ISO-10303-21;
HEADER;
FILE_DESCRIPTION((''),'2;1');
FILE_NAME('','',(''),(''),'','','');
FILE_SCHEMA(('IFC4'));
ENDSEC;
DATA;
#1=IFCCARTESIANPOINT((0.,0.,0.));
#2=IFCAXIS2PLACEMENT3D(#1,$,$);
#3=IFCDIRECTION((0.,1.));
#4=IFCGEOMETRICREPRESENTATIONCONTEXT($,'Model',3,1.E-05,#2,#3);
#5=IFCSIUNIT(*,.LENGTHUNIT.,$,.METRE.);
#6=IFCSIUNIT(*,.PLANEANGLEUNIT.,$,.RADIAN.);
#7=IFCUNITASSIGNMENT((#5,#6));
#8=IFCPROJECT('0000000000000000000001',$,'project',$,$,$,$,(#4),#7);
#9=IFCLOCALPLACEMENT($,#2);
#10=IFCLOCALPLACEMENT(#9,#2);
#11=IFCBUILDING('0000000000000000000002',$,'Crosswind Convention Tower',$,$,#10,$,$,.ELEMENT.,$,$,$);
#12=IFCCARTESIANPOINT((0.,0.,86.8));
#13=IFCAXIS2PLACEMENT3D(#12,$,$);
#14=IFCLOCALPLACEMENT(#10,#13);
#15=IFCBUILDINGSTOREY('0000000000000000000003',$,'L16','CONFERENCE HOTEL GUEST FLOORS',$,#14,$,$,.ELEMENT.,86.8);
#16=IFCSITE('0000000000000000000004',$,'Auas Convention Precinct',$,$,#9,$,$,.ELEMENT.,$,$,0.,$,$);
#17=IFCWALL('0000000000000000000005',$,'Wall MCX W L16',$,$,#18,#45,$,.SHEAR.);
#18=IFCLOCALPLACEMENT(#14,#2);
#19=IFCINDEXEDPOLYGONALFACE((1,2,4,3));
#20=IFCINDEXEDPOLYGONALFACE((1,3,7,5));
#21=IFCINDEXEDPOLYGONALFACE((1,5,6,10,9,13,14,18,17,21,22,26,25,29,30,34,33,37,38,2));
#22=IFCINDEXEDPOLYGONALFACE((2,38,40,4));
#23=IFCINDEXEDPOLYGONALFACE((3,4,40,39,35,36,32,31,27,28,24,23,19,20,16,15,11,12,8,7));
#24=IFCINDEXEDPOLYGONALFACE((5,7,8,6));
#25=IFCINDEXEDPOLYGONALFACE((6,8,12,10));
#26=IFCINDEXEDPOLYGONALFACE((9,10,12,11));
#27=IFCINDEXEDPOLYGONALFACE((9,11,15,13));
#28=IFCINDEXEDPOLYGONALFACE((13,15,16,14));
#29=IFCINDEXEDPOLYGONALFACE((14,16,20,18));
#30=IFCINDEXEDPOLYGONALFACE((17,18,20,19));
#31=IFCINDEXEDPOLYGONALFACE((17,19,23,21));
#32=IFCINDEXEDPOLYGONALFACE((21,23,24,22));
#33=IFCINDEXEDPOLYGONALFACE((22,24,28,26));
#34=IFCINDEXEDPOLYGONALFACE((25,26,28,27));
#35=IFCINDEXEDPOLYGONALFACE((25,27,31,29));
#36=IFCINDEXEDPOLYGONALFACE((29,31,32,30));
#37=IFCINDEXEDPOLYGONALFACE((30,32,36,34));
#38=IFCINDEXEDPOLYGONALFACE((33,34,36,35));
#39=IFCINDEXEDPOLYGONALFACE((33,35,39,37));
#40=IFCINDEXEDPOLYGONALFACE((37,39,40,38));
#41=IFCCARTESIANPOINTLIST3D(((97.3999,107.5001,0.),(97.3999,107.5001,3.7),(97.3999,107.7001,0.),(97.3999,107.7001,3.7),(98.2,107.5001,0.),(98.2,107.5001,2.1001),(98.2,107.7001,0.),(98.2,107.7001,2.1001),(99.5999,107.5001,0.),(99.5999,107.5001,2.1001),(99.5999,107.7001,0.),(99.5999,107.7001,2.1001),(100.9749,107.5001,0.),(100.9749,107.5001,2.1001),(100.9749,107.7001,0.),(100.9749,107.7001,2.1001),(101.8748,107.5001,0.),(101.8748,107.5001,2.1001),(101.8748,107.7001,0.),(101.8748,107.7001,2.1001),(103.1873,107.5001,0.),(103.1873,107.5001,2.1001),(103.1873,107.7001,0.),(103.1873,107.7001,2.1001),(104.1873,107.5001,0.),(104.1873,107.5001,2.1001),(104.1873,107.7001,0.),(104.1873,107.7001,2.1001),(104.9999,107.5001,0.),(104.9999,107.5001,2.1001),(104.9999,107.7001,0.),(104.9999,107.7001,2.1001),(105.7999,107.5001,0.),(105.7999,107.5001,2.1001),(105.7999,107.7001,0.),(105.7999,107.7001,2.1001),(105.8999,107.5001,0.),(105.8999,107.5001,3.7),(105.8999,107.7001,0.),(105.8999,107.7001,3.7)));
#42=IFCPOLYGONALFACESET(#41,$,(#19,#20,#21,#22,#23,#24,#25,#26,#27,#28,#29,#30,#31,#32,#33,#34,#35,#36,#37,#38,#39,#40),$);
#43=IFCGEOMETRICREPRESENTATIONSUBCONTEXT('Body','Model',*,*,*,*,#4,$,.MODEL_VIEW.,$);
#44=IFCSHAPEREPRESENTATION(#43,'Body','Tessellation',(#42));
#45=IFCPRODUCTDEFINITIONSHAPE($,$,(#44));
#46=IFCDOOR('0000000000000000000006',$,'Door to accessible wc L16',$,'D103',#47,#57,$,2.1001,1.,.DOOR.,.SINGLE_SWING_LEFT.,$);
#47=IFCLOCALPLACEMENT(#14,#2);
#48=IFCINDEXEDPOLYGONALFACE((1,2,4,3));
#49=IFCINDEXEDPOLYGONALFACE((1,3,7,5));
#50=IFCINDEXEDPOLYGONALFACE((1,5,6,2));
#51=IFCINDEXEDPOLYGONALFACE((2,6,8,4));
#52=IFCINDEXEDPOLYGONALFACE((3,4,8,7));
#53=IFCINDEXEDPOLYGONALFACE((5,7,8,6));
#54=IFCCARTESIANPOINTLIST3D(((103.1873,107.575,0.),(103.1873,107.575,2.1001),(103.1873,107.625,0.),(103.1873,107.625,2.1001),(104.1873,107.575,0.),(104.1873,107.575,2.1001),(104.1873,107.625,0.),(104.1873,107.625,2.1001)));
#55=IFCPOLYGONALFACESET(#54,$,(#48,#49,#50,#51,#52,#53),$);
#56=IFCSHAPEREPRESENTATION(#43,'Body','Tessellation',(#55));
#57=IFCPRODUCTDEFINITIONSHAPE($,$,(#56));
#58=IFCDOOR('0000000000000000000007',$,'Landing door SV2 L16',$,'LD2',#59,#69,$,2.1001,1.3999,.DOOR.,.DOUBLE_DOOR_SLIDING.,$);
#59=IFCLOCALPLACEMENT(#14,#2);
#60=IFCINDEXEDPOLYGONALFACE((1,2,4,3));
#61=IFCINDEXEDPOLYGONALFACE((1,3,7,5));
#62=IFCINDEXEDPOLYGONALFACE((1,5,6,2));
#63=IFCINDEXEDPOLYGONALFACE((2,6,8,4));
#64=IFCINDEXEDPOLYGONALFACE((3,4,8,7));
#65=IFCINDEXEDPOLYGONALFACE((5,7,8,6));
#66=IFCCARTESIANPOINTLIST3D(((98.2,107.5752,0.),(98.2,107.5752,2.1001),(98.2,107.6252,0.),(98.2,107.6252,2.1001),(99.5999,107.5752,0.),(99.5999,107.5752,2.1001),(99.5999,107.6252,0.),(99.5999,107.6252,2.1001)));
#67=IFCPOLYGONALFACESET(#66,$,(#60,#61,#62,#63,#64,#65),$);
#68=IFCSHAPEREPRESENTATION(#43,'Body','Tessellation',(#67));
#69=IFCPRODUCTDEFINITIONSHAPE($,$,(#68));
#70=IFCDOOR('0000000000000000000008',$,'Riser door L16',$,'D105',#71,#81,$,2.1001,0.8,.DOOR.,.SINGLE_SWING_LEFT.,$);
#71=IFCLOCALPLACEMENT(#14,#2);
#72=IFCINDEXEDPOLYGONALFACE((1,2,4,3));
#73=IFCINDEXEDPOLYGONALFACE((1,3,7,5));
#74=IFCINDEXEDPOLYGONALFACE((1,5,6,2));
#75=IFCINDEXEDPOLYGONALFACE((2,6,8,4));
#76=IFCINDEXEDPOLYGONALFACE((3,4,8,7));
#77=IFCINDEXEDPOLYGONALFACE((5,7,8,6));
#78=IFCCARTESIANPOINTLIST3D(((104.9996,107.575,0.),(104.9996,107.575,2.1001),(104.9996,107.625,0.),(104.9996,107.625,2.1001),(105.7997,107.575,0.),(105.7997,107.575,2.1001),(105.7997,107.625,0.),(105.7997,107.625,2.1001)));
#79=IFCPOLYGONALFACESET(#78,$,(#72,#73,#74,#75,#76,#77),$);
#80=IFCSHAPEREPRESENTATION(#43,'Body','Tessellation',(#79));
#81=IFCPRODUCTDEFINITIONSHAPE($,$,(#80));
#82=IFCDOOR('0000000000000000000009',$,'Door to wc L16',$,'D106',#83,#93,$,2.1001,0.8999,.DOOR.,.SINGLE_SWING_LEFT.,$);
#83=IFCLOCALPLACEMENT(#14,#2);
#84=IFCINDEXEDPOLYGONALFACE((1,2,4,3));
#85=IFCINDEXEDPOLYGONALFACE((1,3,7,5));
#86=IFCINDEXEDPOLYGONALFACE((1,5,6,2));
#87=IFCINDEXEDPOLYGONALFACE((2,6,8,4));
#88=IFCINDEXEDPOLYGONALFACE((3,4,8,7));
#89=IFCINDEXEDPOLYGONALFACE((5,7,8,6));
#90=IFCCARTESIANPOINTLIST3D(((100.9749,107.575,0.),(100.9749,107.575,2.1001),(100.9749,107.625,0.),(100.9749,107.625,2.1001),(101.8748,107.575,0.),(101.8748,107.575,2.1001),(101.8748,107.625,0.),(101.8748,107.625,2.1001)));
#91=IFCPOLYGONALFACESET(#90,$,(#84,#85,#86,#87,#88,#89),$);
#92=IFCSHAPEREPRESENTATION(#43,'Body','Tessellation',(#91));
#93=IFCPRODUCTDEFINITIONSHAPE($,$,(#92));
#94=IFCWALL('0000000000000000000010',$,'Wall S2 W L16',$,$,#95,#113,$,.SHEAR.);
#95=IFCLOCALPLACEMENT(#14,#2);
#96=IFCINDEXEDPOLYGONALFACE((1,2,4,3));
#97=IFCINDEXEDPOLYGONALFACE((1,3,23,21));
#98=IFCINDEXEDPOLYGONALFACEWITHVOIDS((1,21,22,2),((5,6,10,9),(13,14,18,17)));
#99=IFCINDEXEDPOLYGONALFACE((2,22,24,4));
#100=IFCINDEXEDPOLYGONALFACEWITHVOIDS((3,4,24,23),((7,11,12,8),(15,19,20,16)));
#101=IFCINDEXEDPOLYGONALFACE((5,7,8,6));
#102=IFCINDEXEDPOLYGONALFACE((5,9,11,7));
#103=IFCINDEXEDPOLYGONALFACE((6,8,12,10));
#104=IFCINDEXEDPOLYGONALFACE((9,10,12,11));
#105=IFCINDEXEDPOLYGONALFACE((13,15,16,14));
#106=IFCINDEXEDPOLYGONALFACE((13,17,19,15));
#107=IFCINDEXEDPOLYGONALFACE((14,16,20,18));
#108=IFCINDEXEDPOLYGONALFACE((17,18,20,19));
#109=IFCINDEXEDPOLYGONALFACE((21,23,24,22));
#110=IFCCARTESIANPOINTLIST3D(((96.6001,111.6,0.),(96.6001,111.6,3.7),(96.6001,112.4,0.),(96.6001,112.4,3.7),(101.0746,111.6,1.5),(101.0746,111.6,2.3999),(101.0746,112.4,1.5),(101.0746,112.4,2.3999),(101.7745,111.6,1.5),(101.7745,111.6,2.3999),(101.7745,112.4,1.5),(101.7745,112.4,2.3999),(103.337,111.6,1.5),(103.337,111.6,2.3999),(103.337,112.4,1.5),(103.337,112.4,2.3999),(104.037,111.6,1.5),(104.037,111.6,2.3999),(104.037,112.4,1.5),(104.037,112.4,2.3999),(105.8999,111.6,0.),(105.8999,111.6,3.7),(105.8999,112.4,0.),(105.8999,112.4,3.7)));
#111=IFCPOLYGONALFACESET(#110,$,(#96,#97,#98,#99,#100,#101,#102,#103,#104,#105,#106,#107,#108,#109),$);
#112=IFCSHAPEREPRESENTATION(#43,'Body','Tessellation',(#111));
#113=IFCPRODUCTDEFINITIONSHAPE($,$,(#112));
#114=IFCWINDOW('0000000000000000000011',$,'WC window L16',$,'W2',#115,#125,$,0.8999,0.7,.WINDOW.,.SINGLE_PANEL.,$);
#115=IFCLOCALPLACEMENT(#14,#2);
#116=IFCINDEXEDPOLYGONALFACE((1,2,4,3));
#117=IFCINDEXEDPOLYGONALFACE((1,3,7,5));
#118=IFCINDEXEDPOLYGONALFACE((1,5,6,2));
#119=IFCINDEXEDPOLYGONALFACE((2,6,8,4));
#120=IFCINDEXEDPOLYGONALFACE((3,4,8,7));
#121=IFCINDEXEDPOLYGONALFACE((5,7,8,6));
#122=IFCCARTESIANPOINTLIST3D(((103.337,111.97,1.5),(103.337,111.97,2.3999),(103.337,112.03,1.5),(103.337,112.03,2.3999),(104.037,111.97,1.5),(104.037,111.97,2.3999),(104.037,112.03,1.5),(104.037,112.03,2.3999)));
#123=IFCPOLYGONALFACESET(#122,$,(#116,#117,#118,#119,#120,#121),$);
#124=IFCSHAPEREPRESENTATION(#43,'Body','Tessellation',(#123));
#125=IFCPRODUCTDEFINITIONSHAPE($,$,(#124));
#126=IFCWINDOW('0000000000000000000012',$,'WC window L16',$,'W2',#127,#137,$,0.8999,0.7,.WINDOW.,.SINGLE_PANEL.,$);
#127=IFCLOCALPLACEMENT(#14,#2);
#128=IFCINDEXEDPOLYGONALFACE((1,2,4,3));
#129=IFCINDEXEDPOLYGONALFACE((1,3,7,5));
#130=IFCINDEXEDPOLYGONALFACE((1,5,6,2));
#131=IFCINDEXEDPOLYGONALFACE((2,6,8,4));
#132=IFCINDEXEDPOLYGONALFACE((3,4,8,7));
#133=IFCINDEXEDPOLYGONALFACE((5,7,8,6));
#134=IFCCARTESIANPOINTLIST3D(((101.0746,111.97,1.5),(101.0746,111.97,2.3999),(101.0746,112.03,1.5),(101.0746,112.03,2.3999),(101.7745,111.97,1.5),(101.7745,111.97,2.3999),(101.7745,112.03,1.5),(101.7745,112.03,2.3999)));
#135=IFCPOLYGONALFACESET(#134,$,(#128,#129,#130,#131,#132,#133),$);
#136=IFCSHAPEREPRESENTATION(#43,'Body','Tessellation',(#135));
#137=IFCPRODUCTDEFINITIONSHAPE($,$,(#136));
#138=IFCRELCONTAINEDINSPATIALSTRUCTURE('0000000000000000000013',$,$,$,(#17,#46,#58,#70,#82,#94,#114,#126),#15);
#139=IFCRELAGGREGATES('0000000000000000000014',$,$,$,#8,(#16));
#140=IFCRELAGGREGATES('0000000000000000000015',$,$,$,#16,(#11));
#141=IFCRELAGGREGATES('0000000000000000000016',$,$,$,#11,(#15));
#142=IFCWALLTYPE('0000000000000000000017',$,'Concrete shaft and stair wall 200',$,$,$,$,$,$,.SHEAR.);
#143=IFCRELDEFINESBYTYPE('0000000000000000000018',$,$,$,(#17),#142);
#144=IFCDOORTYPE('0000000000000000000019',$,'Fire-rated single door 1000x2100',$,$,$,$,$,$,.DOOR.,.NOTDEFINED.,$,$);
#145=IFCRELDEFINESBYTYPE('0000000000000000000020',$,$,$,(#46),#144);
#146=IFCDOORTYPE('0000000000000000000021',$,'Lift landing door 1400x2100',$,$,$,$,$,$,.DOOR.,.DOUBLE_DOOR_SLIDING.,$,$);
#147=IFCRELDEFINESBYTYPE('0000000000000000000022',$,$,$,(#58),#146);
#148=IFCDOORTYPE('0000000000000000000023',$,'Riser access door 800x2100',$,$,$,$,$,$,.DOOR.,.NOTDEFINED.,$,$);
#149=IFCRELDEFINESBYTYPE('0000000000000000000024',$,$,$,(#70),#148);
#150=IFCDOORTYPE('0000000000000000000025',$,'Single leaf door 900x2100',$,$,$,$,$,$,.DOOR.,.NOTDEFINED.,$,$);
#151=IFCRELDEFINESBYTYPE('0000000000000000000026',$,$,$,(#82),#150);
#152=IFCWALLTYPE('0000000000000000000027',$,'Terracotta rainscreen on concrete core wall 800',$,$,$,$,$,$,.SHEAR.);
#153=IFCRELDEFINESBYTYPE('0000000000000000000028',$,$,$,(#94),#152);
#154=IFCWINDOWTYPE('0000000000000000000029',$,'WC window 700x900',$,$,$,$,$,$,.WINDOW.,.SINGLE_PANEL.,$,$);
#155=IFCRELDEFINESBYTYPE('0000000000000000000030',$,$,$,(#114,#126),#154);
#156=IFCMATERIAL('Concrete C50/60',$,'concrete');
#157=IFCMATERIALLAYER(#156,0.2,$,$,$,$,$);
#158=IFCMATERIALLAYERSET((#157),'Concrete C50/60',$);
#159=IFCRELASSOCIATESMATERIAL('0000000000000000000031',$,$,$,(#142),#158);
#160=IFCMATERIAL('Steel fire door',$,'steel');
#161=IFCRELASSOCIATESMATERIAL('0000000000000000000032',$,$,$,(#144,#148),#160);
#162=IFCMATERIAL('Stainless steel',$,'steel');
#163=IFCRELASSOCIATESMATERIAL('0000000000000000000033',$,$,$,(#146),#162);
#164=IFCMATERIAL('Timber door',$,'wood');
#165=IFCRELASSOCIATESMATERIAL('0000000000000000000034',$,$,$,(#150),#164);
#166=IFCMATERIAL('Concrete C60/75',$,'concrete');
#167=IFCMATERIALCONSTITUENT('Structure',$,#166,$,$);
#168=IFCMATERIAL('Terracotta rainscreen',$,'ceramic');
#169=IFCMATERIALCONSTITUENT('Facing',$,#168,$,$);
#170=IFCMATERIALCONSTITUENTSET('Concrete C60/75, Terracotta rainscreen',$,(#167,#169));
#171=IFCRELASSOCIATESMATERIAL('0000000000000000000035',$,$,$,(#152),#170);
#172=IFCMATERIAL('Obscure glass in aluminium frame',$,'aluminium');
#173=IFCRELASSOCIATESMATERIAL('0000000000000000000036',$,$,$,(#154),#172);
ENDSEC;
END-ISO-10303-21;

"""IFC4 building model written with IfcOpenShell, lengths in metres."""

from ifc_helpers import new_model, si_unit, direction, frame, frame_2d, origin, place, context, subcontext, project, spatial, rectangle, extrude, material, layer, layer_set, constituent, constituent_set, type_object, element, fill, save


model = new_model("IFC4")

# Units and contexts
model_context = context("Model", 3, precision=1e-05, world=origin(), true_north=direction((0.0, 1.0)))
body_context = subcontext(model_context, "Body", "Model", "MODEL_VIEW")
ifc_project = project(units=[si_unit("LENGTHUNIT", "METRE"), si_unit("PLANEANGLEUNIT", "RADIAN")], contexts=[model_context])

# Site, building, storey
site_placement = place(None, origin())
site = spatial("IfcSite", under=ifc_project, at=site_placement, Name="Auas Convention Precinct", CompositionType="ELEMENT", RefElevation=0.0)
building_placement = place(site_placement, origin())
building = spatial("IfcBuilding", under=site, at=building_placement, Name="Crosswind Convention Tower", CompositionType="ELEMENT")
storey_placement = place(building_placement, frame((0.0, 0.0, 86.8)))
storey = spatial("IfcBuildingStorey", under=building, at=storey_placement, Name="L16", Description="CONFERENCE HOTEL GUEST FLOORS", CompositionType="ELEMENT", Elevation=86.8)

# Shared definitions
ifc_material_1 = material(Name="Concrete C50/60", Category="concrete")

# Shared definitions
ifc_layer_1 = layer(ifc_material_1, 0.2)
ifc_layer_set_1 = layer_set([ifc_layer_1], Name="Concrete C50/60")
wall_type_1 = type_object("IfcWallType", Name="Concrete shaft and stair wall 200", PredefinedType="SHEAR", material=ifc_layer_set_1)

# Shared definitions
ifc_material_2 = material(Name="Steel fire door", Category="steel")

# Shared definitions
door_type_1 = type_object("IfcDoorType", Name="Fire-rated single door 1000x2100", OperationType="NOTDEFINED", PredefinedType="DOOR", material=ifc_material_2)

# Wall, openings, doors
wall_1_placement = place(storey_placement, frame((105.8999, 107.6001, 0.0), z_axis=(0.0, 0.0, 1.0), x_axis=(-1.0, 0.0, 0.0)))
wall_1 = element("IfcWall", 1, at=wall_1_placement, inside=storey, type_object=wall_type_1, Name="Wall MCX W L16", PredefinedType="SHEAR", context=body_context, shape_type="SweptSolid", body=[
    extrude(rectangle(XDim=8.5, YDim=0.2, at=frame_2d((4.25, 0.0))), origin(), (0.0, 0.0, 1.0), 3.7),
])
opening_1_placement = place(wall_1_placement, frame((0.1001, 0.0, 0.0)))
opening_1 = element("IfcOpeningElement", 2, at=opening_1_placement, cuts=wall_1, PredefinedType="OPENING", context=body_context, shape_type="SweptSolid", body=[
    extrude(rectangle(XDim=0.8, YDim=2.1001, at=frame_2d((0.3999, 1.05))), frame((0.0, 0.1099, 0.0), z_axis=(0.0, -1.0, 0.0), x_axis=(1.0, 0.0, 0.0)), (0.0, 0.0, 1.0), 0.22),
])
opening_2_placement = place(wall_1_placement, frame((1.7126, 0.0, 0.0)))
opening_2 = element("IfcOpeningElement", 3, at=opening_2_placement, cuts=wall_1, PredefinedType="OPENING", context=body_context, shape_type="SweptSolid", body=[
    extrude(rectangle(XDim=1.0, YDim=2.1001, at=frame_2d((0.5, 1.05))), frame((0.0, 0.1099, 0.0), z_axis=(0.0, -1.0, 0.0), x_axis=(1.0, 0.0, 0.0)), (0.0, 0.0, 1.0), 0.22),
])
opening_3_placement = place(wall_1_placement, frame((4.0251, 0.0, 0.0)))
opening_3 = element("IfcOpeningElement", 4, at=opening_3_placement, cuts=wall_1, PredefinedType="OPENING", context=body_context, shape_type="SweptSolid", body=[
    extrude(rectangle(XDim=0.8999, YDim=2.1001, at=frame_2d((0.45, 1.05))), frame((0.0, 0.1099, 0.0), z_axis=(0.0, -1.0, 0.0), x_axis=(1.0, 0.0, 0.0)), (0.0, 0.0, 1.0), 0.22),
])
opening_4_placement = place(wall_1_placement, frame((6.3, 0.0, 0.0)))
opening_4 = element("IfcOpeningElement", 5, at=opening_4_placement, cuts=wall_1, PredefinedType="OPENING", context=body_context, shape_type="SweptSolid", body=[
    extrude(rectangle(XDim=1.3999, YDim=2.1001, at=frame_2d((0.7, 1.05))), frame((0.0, 0.1099, 0.0), z_axis=(0.0, -1.0, 0.0), x_axis=(1.0, 0.0, 0.0)), (0.0, 0.0, 1.0), 0.22),
])
door_1_placement = place(opening_2_placement, frame((1.0, 0.0, 0.0), z_axis=(0.0, 0.0, 1.0), x_axis=(-1.0, 0.0, 0.0)))
door_1 = element("IfcDoor", 6, at=door_1_placement, inside=storey, type_object=door_type_1, Name="Door to accessible wc L16", ObjectType="D103", OperationType="SINGLE_SWING_LEFT", OverallHeight=2.1001, OverallWidth=1.0, PredefinedType="DOOR", context=body_context, shape_type="SweptSolid", body=[
    extrude(rectangle(XDim=1.0, YDim=2.1001, at=frame_2d((0.5, 1.05))), frame((0.0, 0.0249, 0.0), z_axis=(0.0, -1.0, 0.0), x_axis=(1.0, 0.0, 0.0)), (0.0, 0.0, 1.0), 0.05),
])
fill(opening_2, door_1)
ifc_material_3 = material(Name="Stainless steel", Category="steel")
door_type_2 = type_object("IfcDoorType", Name="Lift landing door 1400x2100", OperationType="DOUBLE_DOOR_SLIDING", PredefinedType="DOOR", material=ifc_material_3)
door_2_placement = place(opening_4_placement, origin())
door_2 = element("IfcDoor", 7, at=door_2_placement, inside=storey, type_object=door_type_2, Name="Landing door SV2 L16", ObjectType="LD2", OperationType="DOUBLE_DOOR_SLIDING", OverallHeight=2.1001, OverallWidth=1.3999, PredefinedType="DOOR", context=body_context, shape_type="SweptSolid", body=[
    extrude(rectangle(XDim=1.3999, YDim=2.1001, at=frame_2d((0.7, 1.05))), frame((0.0, 0.0249, 0.0), z_axis=(0.0, -1.0, 0.0), x_axis=(1.0, 0.0, 0.0)), (0.0, 0.0, 1.0), 0.05),
])
fill(opening_4, door_2)
door_type_3 = type_object("IfcDoorType", Name="Riser access door 800x2100", OperationType="NOTDEFINED", PredefinedType="DOOR", material=ifc_material_2)
door_3_placement = place(opening_1_placement, frame((0.8, 0.0, 0.0), z_axis=(0.0, 0.0, 1.0), x_axis=(-1.0, 0.0, 0.0)))
door_3 = element("IfcDoor", 8, at=door_3_placement, inside=storey, type_object=door_type_3, Name="Riser door L16", ObjectType="D105", OperationType="SINGLE_SWING_LEFT", OverallHeight=2.1001, OverallWidth=0.8, PredefinedType="DOOR", context=body_context, shape_type="SweptSolid", body=[
    extrude(rectangle(XDim=0.8, YDim=2.1001, at=frame_2d((0.3999, 1.05))), frame((0.0, 0.0249, 0.0), z_axis=(0.0, -1.0, 0.0), x_axis=(1.0, 0.0, 0.0)), (0.0, 0.0, 1.0), 0.05),
])
fill(opening_1, door_3)
ifc_material_4 = material(Name="Timber door", Category="wood")
door_type_4 = type_object("IfcDoorType", Name="Single leaf door 900x2100", OperationType="NOTDEFINED", PredefinedType="DOOR", material=ifc_material_4)
door_4_placement = place(opening_3_placement, frame((0.8999, 0.0, 0.0), z_axis=(0.0, 0.0, 1.0), x_axis=(-1.0, 0.0, 0.0)))
door_4 = element("IfcDoor", 9, at=door_4_placement, inside=storey, type_object=door_type_4, Name="Door to wc L16", ObjectType="D106", OperationType="SINGLE_SWING_LEFT", OverallHeight=2.1001, OverallWidth=0.8999, PredefinedType="DOOR", context=body_context, shape_type="SweptSolid", body=[
    extrude(rectangle(XDim=0.8999, YDim=2.1001, at=frame_2d((0.45, 1.05))), frame((0.0, 0.0249, 0.0), z_axis=(0.0, -1.0, 0.0), x_axis=(1.0, 0.0, 0.0)), (0.0, 0.0, 1.0), 0.05),
])
fill(opening_3, door_4)

# Wall, openings, windows
ifc_material_5 = material(Name="Concrete C60/75", Category="concrete")
ifc_constituent_1 = constituent(ifc_material_5, Name="Structure")
ifc_material_6 = material(Name="Terracotta rainscreen", Category="ceramic")
ifc_constituent_2 = constituent(ifc_material_6, Name="Facing")
ifc_constituent_set = constituent_set(constituents=[ifc_constituent_1, ifc_constituent_2], Name="Concrete C60/75, Terracotta rainscreen")
wall_type_2 = type_object("IfcWallType", Name="Terracotta rainscreen on concrete core wall 800", PredefinedType="SHEAR", material=ifc_constituent_set)
wall_2_placement = place(storey_placement, frame((105.8999, 112.0, 0.0), z_axis=(0.0, 0.0, 1.0), x_axis=(-1.0, 0.0, 0.0)))
wall_2 = element("IfcWall", 10, at=wall_2_placement, inside=storey, type_object=wall_type_2, Name="Wall S2 W L16", PredefinedType="SHEAR", context=body_context, shape_type="SweptSolid", body=[
    extrude(rectangle(XDim=9.2998, YDim=0.8, at=frame_2d((4.6499, 0.0))), origin(), (0.0, 0.0, 1.0), 3.7),
])
opening_5_placement = place(wall_2_placement, frame((1.8628, 0.0, 1.5)))
opening_5 = element("IfcOpeningElement", 11, at=opening_5_placement, cuts=wall_2, PredefinedType="OPENING", context=body_context, shape_type="SweptSolid", body=[
    extrude(rectangle(XDim=0.7, YDim=0.8999, at=frame_2d((0.3501, 0.45))), frame((0.0, 0.4099, 0.0), z_axis=(0.0, -1.0, 0.0), x_axis=(1.0, 0.0, 0.0)), (0.0, 0.0, 1.0), 0.8201),
])
opening_6_placement = place(wall_2_placement, frame((4.1252, 0.0, 1.5)))
opening_6 = element("IfcOpeningElement", 12, at=opening_6_placement, cuts=wall_2, PredefinedType="OPENING", context=body_context, shape_type="SweptSolid", body=[
    extrude(rectangle(XDim=0.7, YDim=0.8999, at=frame_2d((0.3501, 0.45))), frame((0.0, 0.4099, 0.0), z_axis=(0.0, -1.0, 0.0), x_axis=(1.0, 0.0, 0.0)), (0.0, 0.0, 1.0), 0.8201),
])
ifc_material_7 = material(Name="Obscure glass in aluminium frame", Category="aluminium")
window_type = type_object("IfcWindowType", Name="WC window 700x900", PartitioningType="SINGLE_PANEL", PredefinedType="WINDOW", material=ifc_material_7)
window_1_placement = place(opening_5_placement, origin())
window_1 = element("IfcWindow", 13, at=window_1_placement, inside=storey, type_object=window_type, Name="WC window L16", ObjectType="W2", OverallHeight=0.8999, OverallWidth=0.7, PartitioningType="SINGLE_PANEL", PredefinedType="WINDOW", context=body_context, shape_type="SweptSolid", body=[
    extrude(rectangle(XDim=0.7, YDim=0.8999, at=frame_2d((0.3501, 0.45))), frame((0.0, 0.03, 0.0), z_axis=(0.0, -1.0, 0.0), x_axis=(1.0, 0.0, 0.0)), (0.0, 0.0, 1.0), 0.0601),
])
fill(opening_5, window_1)
window_2_placement = place(opening_6_placement, origin())
window_2 = element("IfcWindow", 14, at=window_2_placement, inside=storey, type_object=window_type, Name="WC window L16", ObjectType="W2", OverallHeight=0.8999, OverallWidth=0.7, PartitioningType="SINGLE_PANEL", PredefinedType="WINDOW", context=body_context, shape_type="SweptSolid", body=[
    extrude(rectangle(XDim=0.7, YDim=0.8999, at=frame_2d((0.3501, 0.45))), frame((0.0, 0.03, 0.0), z_axis=(0.0, -1.0, 0.0), x_axis=(1.0, 0.0, 0.0)), (0.0, 0.0, 1.0), 0.0601),
])
fill(opening_6, window_2)

save(model, "model.ifc")
